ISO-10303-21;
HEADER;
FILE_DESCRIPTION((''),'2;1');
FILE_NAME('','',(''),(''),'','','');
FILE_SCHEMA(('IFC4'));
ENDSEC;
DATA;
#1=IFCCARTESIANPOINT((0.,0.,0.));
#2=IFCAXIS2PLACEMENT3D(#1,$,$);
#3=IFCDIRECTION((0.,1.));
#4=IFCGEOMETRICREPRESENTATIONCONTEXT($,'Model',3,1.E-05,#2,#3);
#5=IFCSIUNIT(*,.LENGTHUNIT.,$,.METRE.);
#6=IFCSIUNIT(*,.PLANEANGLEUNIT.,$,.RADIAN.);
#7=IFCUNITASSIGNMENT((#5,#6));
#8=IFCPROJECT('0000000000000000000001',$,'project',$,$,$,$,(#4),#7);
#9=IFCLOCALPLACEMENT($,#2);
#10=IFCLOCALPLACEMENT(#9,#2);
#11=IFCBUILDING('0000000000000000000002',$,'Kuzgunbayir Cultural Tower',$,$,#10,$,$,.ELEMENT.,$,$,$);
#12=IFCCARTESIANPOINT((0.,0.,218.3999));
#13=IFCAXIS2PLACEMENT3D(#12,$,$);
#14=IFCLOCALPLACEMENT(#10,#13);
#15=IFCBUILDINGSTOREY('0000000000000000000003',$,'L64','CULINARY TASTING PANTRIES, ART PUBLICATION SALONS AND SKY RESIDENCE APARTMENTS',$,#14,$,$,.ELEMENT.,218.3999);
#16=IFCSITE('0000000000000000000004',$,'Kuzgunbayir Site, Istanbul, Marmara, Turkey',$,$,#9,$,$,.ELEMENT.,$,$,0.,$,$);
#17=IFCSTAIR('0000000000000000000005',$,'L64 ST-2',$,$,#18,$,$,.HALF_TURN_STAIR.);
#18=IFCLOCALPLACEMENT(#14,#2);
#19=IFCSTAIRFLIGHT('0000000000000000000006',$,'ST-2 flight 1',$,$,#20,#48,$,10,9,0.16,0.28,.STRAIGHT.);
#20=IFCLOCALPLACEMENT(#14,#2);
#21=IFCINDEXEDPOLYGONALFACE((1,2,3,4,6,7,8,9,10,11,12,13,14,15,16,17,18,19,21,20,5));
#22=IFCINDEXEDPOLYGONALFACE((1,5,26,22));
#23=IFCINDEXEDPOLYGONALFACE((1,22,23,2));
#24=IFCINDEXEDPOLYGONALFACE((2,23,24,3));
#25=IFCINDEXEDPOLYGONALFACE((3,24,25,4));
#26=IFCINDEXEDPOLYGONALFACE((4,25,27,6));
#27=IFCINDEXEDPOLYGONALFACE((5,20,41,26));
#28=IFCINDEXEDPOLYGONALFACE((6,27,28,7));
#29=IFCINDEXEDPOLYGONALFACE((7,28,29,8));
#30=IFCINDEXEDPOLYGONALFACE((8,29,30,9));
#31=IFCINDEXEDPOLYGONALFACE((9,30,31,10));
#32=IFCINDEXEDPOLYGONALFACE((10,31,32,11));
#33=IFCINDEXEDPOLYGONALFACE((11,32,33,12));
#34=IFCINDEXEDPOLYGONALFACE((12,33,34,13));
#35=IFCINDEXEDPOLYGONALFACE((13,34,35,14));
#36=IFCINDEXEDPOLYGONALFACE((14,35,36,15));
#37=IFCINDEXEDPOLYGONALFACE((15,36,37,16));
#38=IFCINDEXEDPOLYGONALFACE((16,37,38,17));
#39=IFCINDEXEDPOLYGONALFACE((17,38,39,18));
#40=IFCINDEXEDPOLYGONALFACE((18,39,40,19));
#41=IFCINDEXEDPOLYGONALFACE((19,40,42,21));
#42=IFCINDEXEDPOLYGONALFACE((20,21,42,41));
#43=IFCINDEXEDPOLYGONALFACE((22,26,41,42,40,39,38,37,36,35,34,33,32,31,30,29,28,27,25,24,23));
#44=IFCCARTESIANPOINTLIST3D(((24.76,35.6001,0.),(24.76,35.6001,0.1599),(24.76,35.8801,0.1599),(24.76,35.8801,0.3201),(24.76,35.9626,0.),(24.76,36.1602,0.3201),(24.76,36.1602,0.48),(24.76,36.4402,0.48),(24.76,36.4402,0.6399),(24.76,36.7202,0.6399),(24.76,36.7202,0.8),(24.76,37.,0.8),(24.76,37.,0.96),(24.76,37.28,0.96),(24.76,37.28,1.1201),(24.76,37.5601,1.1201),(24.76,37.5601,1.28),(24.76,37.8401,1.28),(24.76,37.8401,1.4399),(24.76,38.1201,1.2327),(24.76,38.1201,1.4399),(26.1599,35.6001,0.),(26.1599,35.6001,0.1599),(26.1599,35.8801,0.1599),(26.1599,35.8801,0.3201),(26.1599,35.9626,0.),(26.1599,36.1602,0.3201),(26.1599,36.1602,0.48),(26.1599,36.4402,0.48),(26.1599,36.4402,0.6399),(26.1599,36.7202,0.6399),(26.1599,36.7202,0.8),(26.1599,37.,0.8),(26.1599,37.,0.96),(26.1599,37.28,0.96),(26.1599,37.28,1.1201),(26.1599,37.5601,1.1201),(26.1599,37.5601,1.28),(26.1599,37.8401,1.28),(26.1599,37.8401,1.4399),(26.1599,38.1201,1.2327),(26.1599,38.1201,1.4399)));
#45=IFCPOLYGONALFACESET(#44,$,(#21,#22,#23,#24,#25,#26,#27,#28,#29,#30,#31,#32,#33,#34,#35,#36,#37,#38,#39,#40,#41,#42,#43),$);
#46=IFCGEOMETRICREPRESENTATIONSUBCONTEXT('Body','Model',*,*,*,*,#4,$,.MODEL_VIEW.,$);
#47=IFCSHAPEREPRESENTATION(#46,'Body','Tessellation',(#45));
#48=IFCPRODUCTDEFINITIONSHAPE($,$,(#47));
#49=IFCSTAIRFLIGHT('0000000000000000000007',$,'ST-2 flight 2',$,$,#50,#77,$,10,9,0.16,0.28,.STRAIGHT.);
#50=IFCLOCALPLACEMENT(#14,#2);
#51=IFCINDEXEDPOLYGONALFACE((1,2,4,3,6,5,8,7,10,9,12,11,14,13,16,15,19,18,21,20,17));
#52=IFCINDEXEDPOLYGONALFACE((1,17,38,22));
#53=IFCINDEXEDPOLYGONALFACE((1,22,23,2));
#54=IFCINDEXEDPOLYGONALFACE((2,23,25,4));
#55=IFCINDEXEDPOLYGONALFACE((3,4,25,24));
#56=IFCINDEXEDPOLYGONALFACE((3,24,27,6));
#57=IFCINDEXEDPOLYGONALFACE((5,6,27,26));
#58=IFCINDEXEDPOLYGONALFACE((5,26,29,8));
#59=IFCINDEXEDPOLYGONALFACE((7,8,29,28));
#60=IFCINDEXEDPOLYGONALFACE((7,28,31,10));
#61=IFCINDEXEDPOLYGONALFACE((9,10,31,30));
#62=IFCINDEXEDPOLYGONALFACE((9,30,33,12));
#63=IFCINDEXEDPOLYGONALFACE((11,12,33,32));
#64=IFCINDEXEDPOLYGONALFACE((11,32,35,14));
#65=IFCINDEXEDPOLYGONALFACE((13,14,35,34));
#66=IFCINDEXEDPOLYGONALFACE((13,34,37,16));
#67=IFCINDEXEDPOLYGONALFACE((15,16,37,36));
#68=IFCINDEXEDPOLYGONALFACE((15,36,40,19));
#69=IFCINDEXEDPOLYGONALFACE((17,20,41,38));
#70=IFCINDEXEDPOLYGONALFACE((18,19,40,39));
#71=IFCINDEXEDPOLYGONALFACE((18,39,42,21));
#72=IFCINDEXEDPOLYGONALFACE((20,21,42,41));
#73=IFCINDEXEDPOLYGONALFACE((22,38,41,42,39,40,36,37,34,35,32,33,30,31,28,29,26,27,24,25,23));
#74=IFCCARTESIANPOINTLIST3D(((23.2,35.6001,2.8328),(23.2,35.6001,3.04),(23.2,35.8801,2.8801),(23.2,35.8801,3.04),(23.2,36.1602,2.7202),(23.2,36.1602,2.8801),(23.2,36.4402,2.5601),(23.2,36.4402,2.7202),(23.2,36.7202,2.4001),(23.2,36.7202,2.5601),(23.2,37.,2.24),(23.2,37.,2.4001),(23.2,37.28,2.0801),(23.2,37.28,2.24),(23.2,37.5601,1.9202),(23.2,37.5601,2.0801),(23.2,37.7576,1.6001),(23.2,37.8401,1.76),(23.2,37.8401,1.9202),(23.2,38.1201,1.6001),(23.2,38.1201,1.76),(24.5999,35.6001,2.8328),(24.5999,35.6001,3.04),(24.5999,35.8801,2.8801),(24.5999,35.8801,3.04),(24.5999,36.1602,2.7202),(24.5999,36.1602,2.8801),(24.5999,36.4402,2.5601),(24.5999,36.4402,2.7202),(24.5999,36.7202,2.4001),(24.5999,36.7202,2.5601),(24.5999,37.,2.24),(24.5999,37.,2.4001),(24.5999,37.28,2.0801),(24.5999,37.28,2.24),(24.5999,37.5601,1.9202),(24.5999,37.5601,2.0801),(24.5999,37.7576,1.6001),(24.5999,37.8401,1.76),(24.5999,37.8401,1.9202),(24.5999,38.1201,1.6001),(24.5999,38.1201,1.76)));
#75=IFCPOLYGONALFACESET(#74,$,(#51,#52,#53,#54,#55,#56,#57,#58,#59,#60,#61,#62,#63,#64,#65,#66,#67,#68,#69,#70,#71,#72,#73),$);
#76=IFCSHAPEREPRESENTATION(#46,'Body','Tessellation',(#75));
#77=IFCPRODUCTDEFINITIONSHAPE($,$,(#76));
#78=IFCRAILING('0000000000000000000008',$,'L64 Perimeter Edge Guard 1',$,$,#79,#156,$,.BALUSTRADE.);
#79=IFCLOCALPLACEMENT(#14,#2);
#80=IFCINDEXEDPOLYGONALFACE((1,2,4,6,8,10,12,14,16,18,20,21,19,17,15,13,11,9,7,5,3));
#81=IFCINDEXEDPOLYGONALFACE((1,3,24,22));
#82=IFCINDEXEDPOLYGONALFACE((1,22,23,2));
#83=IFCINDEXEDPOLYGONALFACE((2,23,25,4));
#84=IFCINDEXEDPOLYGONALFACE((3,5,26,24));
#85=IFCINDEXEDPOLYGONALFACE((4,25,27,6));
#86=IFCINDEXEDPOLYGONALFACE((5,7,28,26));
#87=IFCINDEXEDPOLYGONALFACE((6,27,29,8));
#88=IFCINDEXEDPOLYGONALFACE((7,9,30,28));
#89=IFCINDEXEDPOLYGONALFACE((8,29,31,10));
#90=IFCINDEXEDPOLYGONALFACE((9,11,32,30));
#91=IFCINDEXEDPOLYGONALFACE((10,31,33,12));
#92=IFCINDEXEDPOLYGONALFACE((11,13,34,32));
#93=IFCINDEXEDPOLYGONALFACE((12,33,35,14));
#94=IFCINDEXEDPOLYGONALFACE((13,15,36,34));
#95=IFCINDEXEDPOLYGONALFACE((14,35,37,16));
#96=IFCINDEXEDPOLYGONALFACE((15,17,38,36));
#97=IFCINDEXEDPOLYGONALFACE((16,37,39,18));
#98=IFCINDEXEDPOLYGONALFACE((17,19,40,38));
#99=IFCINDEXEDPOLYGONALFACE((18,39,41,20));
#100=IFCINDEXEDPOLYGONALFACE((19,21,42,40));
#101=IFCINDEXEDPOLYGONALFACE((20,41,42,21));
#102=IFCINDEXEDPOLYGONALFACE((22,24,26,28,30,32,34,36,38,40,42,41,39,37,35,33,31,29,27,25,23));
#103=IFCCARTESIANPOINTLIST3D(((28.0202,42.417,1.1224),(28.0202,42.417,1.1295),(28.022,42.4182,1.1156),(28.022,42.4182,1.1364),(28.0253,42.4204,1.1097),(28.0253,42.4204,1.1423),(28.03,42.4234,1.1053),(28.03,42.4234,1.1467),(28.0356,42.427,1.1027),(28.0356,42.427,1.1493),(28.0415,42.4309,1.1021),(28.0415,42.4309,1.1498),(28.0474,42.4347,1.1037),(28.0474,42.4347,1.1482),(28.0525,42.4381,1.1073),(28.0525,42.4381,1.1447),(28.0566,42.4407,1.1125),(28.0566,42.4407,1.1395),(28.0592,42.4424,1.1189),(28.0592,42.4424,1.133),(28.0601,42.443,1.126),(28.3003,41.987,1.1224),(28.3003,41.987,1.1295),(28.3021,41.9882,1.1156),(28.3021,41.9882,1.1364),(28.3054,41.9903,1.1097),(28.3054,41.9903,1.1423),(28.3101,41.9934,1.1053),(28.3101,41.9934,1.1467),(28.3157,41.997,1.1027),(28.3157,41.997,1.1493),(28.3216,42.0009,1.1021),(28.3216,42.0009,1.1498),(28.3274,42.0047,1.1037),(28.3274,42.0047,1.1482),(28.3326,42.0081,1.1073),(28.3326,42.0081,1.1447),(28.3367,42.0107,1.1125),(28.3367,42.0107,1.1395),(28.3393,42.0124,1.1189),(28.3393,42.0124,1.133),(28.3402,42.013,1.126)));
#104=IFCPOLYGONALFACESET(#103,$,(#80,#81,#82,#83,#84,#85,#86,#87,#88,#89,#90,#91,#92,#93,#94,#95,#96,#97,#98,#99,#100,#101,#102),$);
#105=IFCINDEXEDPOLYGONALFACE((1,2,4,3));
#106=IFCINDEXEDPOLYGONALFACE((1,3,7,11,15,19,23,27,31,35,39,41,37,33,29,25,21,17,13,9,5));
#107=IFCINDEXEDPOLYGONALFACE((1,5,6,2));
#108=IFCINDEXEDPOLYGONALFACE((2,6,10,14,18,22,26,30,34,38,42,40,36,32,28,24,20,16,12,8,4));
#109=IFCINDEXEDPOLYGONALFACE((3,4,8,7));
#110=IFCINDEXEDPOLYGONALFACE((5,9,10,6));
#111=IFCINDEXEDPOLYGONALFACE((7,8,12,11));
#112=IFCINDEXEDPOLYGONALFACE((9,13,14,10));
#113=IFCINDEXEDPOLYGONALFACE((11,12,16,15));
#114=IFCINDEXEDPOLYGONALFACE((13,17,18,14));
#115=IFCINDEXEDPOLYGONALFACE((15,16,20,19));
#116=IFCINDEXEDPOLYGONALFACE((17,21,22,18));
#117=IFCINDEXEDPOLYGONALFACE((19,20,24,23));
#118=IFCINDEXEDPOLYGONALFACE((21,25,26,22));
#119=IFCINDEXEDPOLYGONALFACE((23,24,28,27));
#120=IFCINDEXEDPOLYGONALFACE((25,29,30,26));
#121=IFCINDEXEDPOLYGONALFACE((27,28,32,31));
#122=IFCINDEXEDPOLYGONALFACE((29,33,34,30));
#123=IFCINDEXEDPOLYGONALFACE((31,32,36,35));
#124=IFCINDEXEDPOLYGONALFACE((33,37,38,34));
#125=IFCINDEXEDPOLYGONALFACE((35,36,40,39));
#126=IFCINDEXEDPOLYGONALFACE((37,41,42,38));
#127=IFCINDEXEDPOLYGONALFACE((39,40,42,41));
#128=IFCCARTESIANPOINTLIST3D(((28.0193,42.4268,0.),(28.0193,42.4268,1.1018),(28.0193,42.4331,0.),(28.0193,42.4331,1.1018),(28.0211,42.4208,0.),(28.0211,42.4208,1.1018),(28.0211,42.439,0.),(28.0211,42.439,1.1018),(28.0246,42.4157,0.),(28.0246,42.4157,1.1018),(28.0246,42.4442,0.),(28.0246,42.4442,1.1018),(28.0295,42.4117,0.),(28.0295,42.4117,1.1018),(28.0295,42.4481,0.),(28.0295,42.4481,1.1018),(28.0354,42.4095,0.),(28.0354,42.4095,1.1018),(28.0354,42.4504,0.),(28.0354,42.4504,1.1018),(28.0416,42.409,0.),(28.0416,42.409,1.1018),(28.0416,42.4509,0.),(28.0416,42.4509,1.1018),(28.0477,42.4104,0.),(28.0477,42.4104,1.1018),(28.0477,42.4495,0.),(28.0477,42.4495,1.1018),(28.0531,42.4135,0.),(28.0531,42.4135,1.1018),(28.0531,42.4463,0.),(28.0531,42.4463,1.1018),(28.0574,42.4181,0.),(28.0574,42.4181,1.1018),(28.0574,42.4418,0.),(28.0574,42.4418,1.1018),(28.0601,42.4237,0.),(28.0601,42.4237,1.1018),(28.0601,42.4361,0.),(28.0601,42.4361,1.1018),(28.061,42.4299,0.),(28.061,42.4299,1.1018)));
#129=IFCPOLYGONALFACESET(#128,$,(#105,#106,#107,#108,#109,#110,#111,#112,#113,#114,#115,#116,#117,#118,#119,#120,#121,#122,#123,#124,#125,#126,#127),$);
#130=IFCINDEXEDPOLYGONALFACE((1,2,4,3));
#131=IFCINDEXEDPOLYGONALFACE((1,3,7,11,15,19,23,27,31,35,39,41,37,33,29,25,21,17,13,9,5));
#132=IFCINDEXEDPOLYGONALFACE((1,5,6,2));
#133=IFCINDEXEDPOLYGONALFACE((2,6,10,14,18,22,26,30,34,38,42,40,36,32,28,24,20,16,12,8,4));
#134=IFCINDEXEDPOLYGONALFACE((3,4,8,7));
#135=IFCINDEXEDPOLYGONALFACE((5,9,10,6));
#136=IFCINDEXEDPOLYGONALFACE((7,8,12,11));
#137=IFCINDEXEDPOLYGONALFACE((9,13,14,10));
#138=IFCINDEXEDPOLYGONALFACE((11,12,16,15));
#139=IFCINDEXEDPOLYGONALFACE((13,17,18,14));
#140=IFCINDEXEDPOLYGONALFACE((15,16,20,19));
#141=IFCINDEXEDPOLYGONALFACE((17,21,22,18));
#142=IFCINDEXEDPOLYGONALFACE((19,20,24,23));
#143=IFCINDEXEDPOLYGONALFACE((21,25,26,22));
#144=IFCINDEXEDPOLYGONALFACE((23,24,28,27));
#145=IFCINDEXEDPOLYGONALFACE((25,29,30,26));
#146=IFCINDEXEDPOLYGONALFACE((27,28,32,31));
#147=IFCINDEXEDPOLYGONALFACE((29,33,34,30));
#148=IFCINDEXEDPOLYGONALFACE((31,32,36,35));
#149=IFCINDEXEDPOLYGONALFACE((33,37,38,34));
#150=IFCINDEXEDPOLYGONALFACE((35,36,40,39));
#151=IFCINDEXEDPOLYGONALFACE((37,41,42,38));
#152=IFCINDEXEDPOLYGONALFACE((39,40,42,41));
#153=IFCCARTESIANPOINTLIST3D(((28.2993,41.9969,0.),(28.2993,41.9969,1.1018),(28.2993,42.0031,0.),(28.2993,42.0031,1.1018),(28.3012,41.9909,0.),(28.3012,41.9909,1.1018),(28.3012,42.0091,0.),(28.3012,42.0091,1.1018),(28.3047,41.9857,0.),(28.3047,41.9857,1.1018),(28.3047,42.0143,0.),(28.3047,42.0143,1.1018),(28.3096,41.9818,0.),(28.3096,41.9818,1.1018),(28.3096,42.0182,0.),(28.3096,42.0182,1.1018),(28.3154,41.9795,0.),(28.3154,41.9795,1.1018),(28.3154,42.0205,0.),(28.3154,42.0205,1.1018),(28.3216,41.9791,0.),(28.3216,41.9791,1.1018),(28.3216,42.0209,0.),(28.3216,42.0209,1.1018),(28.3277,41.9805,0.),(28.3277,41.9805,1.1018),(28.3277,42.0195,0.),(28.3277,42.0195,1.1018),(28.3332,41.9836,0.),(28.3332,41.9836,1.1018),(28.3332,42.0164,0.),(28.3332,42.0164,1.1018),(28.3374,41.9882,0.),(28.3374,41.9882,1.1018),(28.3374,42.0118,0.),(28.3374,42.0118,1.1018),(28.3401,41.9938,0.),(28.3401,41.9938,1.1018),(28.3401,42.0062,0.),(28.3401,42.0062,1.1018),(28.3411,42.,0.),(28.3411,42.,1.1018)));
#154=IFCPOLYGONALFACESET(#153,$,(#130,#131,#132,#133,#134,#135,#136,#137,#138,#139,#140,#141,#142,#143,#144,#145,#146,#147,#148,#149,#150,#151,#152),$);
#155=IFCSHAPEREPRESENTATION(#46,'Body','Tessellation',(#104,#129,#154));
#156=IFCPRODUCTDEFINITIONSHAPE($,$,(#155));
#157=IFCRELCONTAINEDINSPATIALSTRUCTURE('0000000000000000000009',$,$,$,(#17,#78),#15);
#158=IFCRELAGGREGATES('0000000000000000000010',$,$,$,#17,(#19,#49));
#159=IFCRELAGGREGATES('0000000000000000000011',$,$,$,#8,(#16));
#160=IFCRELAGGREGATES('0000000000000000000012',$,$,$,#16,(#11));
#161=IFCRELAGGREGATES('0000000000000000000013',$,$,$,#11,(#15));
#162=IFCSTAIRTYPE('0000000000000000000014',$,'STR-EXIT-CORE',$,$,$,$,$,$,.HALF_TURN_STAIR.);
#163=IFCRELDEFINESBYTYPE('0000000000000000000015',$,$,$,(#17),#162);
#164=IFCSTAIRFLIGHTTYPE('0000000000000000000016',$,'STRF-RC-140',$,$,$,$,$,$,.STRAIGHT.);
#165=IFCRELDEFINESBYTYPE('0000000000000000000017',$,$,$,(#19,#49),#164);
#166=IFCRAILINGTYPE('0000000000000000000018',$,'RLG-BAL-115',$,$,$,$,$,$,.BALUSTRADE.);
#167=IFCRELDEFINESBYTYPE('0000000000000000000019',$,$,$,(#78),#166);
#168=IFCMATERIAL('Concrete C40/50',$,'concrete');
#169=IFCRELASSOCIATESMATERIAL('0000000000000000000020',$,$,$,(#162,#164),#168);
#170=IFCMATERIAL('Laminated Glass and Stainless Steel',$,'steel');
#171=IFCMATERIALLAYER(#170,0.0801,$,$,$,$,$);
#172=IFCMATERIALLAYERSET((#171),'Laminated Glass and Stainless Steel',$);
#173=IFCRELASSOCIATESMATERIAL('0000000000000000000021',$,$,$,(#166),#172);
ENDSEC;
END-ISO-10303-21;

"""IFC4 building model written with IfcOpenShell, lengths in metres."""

from ifc_helpers import new_model, si_unit, direction, frame, origin, origin_2d, place, context, subcontext, project, spatial, polyline, circle, outline, extrude, material, layer, layer_set, type_object, element, aggregate, save


model = new_model("IFC4")

# Units and contexts
model_context = context("Model", 3, precision=1e-05, world=origin(), true_north=direction((0.0, 1.0)))
body_context = subcontext(model_context, "Body", "Model", "MODEL_VIEW")
ifc_project = project(units=[si_unit("LENGTHUNIT", "METRE"), si_unit("PLANEANGLEUNIT", "RADIAN")], contexts=[model_context])

# Site, building, storey
site_placement = place(None, origin())
site = spatial("IfcSite", under=ifc_project, at=site_placement, Name="Kuzgunbayir Site, Istanbul, Marmara, Turkey", CompositionType="ELEMENT", RefElevation=0.0)
building_placement = place(site_placement, origin())
building = spatial("IfcBuilding", under=site, at=building_placement, Name="Kuzgunbayir Cultural Tower", CompositionType="ELEMENT")
storey_placement = place(building_placement, frame((0.0, 0.0, 218.3999)))
storey = spatial("IfcBuildingStorey", under=building, at=storey_placement, Name="L64", Description="CULINARY TASTING PANTRIES, ART PUBLICATION SALONS AND SKY RESIDENCE APARTMENTS", CompositionType="ELEMENT", Elevation=218.3999)

# Shared definitions
ifc_material_1 = material(Name="Concrete C40/50", Category="concrete")

# Stair, stair flights
stair_type = type_object("IfcStairType", Name="STR-EXIT-CORE", PredefinedType="HALF_TURN_STAIR", material=ifc_material_1)
stair_placement = place(storey_placement, origin())
stair = element("IfcStair", 1, at=stair_placement, inside=storey, type_object=stair_type, Name="L64 ST-2", PredefinedType="HALF_TURN_STAIR")
stair_flight_type = type_object("IfcStairFlightType", Name="STRF-RC-140", PredefinedType="STRAIGHT", material=ifc_material_1)
stair_flight_1_placement = place(storey_placement, frame((25.46, 35.6001, 0.0), z_axis=(0.0, 0.0, 1.0), x_axis=(0.0, 1.0, 0.0)))
stair_flight_1 = element("IfcStairFlight", 2, at=stair_flight_1_placement, type_object=stair_flight_type, Name="ST-2 flight 1", NumberOfRisers=10, NumberOfTreads=9, PredefinedType="STRAIGHT", RiserHeight=0.16, TreadLength=0.28, context=body_context, shape_type="SweptSolid", body=[
    extrude(outline(polyline([(0.0, 0.0), (0.0, 0.1599), (0.28, 0.1599), (0.28, 0.3201), (0.5601, 0.3201), (0.5601, 0.48), (0.8401, 0.48), (0.8401, 0.6399), (1.1201, 0.6399), (1.1201, 0.8), (1.3999, 0.8), (1.3999, 0.96), (1.6799, 0.96), (1.6799, 1.1201), (1.96, 1.1201), (1.96, 1.28), (2.24, 1.28), (2.24, 1.4399), (2.52, 1.4399), (2.52, 1.6001), (2.52, 1.2327), (0.3625, 0.0), (0.0, 0.0)])), frame((0.0, 0.7, 0.0), z_axis=(0.0, -1.0, 0.0), x_axis=(1.0, 0.0, 0.0)), (0.0, 0.0, 1.0), 1.3999),
])
stair_flight_2_placement = place(storey_placement, frame((23.8999, 38.1201, 1.6001), z_axis=(0.0, 0.0, 1.0), x_axis=(0.0, -1.0, 0.0)))
stair_flight_2 = element("IfcStairFlight", 3, at=stair_flight_2_placement, type_object=stair_flight_type, Name="ST-2 flight 2", NumberOfRisers=10, NumberOfTreads=9, PredefinedType="STRAIGHT", RiserHeight=0.16, TreadLength=0.28, context=body_context, shape_type="SweptSolid", body=[
    extrude(outline(polyline([(0.0, 0.0), (0.0, 0.1599), (0.28, 0.1599), (0.28, 0.3201), (0.5601, 0.3201), (0.5601, 0.48), (0.8401, 0.48), (0.8401, 0.6399), (1.1201, 0.6399), (1.1201, 0.8), (1.3999, 0.8), (1.3999, 0.96), (1.6799, 0.96), (1.6799, 1.1201), (1.96, 1.1201), (1.96, 1.28), (2.24, 1.28), (2.24, 1.4399), (2.52, 1.4399), (2.52, 1.6001), (2.52, 1.2327), (0.3625, 0.0), (0.0, 0.0)])), frame((0.0, 0.7, 0.0), z_axis=(0.0, -1.0, 0.0), x_axis=(1.0, 0.0, 0.0)), (0.0, 0.0, 1.0), 1.3999),
])
aggregate(stair, [stair_flight_1, stair_flight_2])

# Railing
ifc_material_2 = material(Name="Laminated Glass and Stainless Steel", Category="steel")
ifc_layer_1 = layer(ifc_material_2, 0.0801)
ifc_layer_set_1 = layer_set([ifc_layer_1], Name="Laminated Glass and Stainless Steel")
railing_type_1 = type_object("IfcRailingType", Name="RLG-BAL-115", PredefinedType="BALUSTRADE", material=ifc_layer_set_1)
railing_1_placement = place(storey_placement, frame((28.04, 42.4299, 0.0)))
element("IfcRailing", 4, at=railing_1_placement, inside=storey, type_object=railing_type_1, Name="L64 Perimeter Edge Guard 1", PredefinedType="BALUSTRADE", context=body_context, shape_type="SweptSolid", body=[
    extrude(circle(Radius=0.0239, at=origin_2d()), frame((0.0, 0.0, 1.126), z_axis=(0.545774, -0.837932, 0.0), x_axis=(0.837932, 0.545774, 0.0)), (0.0, 0.0, 1.0), 0.5132),
    extrude(circle(Radius=0.021, at=origin_2d()), origin(), (0.0, 0.0, 1.0), 1.1018),
    extrude(circle(Radius=0.021, at=origin_2d()), frame((0.28, -0.4299, 0.0)), (0.0, 0.0, 1.0), 1.1018),
])

save(model, "model.ifc")
